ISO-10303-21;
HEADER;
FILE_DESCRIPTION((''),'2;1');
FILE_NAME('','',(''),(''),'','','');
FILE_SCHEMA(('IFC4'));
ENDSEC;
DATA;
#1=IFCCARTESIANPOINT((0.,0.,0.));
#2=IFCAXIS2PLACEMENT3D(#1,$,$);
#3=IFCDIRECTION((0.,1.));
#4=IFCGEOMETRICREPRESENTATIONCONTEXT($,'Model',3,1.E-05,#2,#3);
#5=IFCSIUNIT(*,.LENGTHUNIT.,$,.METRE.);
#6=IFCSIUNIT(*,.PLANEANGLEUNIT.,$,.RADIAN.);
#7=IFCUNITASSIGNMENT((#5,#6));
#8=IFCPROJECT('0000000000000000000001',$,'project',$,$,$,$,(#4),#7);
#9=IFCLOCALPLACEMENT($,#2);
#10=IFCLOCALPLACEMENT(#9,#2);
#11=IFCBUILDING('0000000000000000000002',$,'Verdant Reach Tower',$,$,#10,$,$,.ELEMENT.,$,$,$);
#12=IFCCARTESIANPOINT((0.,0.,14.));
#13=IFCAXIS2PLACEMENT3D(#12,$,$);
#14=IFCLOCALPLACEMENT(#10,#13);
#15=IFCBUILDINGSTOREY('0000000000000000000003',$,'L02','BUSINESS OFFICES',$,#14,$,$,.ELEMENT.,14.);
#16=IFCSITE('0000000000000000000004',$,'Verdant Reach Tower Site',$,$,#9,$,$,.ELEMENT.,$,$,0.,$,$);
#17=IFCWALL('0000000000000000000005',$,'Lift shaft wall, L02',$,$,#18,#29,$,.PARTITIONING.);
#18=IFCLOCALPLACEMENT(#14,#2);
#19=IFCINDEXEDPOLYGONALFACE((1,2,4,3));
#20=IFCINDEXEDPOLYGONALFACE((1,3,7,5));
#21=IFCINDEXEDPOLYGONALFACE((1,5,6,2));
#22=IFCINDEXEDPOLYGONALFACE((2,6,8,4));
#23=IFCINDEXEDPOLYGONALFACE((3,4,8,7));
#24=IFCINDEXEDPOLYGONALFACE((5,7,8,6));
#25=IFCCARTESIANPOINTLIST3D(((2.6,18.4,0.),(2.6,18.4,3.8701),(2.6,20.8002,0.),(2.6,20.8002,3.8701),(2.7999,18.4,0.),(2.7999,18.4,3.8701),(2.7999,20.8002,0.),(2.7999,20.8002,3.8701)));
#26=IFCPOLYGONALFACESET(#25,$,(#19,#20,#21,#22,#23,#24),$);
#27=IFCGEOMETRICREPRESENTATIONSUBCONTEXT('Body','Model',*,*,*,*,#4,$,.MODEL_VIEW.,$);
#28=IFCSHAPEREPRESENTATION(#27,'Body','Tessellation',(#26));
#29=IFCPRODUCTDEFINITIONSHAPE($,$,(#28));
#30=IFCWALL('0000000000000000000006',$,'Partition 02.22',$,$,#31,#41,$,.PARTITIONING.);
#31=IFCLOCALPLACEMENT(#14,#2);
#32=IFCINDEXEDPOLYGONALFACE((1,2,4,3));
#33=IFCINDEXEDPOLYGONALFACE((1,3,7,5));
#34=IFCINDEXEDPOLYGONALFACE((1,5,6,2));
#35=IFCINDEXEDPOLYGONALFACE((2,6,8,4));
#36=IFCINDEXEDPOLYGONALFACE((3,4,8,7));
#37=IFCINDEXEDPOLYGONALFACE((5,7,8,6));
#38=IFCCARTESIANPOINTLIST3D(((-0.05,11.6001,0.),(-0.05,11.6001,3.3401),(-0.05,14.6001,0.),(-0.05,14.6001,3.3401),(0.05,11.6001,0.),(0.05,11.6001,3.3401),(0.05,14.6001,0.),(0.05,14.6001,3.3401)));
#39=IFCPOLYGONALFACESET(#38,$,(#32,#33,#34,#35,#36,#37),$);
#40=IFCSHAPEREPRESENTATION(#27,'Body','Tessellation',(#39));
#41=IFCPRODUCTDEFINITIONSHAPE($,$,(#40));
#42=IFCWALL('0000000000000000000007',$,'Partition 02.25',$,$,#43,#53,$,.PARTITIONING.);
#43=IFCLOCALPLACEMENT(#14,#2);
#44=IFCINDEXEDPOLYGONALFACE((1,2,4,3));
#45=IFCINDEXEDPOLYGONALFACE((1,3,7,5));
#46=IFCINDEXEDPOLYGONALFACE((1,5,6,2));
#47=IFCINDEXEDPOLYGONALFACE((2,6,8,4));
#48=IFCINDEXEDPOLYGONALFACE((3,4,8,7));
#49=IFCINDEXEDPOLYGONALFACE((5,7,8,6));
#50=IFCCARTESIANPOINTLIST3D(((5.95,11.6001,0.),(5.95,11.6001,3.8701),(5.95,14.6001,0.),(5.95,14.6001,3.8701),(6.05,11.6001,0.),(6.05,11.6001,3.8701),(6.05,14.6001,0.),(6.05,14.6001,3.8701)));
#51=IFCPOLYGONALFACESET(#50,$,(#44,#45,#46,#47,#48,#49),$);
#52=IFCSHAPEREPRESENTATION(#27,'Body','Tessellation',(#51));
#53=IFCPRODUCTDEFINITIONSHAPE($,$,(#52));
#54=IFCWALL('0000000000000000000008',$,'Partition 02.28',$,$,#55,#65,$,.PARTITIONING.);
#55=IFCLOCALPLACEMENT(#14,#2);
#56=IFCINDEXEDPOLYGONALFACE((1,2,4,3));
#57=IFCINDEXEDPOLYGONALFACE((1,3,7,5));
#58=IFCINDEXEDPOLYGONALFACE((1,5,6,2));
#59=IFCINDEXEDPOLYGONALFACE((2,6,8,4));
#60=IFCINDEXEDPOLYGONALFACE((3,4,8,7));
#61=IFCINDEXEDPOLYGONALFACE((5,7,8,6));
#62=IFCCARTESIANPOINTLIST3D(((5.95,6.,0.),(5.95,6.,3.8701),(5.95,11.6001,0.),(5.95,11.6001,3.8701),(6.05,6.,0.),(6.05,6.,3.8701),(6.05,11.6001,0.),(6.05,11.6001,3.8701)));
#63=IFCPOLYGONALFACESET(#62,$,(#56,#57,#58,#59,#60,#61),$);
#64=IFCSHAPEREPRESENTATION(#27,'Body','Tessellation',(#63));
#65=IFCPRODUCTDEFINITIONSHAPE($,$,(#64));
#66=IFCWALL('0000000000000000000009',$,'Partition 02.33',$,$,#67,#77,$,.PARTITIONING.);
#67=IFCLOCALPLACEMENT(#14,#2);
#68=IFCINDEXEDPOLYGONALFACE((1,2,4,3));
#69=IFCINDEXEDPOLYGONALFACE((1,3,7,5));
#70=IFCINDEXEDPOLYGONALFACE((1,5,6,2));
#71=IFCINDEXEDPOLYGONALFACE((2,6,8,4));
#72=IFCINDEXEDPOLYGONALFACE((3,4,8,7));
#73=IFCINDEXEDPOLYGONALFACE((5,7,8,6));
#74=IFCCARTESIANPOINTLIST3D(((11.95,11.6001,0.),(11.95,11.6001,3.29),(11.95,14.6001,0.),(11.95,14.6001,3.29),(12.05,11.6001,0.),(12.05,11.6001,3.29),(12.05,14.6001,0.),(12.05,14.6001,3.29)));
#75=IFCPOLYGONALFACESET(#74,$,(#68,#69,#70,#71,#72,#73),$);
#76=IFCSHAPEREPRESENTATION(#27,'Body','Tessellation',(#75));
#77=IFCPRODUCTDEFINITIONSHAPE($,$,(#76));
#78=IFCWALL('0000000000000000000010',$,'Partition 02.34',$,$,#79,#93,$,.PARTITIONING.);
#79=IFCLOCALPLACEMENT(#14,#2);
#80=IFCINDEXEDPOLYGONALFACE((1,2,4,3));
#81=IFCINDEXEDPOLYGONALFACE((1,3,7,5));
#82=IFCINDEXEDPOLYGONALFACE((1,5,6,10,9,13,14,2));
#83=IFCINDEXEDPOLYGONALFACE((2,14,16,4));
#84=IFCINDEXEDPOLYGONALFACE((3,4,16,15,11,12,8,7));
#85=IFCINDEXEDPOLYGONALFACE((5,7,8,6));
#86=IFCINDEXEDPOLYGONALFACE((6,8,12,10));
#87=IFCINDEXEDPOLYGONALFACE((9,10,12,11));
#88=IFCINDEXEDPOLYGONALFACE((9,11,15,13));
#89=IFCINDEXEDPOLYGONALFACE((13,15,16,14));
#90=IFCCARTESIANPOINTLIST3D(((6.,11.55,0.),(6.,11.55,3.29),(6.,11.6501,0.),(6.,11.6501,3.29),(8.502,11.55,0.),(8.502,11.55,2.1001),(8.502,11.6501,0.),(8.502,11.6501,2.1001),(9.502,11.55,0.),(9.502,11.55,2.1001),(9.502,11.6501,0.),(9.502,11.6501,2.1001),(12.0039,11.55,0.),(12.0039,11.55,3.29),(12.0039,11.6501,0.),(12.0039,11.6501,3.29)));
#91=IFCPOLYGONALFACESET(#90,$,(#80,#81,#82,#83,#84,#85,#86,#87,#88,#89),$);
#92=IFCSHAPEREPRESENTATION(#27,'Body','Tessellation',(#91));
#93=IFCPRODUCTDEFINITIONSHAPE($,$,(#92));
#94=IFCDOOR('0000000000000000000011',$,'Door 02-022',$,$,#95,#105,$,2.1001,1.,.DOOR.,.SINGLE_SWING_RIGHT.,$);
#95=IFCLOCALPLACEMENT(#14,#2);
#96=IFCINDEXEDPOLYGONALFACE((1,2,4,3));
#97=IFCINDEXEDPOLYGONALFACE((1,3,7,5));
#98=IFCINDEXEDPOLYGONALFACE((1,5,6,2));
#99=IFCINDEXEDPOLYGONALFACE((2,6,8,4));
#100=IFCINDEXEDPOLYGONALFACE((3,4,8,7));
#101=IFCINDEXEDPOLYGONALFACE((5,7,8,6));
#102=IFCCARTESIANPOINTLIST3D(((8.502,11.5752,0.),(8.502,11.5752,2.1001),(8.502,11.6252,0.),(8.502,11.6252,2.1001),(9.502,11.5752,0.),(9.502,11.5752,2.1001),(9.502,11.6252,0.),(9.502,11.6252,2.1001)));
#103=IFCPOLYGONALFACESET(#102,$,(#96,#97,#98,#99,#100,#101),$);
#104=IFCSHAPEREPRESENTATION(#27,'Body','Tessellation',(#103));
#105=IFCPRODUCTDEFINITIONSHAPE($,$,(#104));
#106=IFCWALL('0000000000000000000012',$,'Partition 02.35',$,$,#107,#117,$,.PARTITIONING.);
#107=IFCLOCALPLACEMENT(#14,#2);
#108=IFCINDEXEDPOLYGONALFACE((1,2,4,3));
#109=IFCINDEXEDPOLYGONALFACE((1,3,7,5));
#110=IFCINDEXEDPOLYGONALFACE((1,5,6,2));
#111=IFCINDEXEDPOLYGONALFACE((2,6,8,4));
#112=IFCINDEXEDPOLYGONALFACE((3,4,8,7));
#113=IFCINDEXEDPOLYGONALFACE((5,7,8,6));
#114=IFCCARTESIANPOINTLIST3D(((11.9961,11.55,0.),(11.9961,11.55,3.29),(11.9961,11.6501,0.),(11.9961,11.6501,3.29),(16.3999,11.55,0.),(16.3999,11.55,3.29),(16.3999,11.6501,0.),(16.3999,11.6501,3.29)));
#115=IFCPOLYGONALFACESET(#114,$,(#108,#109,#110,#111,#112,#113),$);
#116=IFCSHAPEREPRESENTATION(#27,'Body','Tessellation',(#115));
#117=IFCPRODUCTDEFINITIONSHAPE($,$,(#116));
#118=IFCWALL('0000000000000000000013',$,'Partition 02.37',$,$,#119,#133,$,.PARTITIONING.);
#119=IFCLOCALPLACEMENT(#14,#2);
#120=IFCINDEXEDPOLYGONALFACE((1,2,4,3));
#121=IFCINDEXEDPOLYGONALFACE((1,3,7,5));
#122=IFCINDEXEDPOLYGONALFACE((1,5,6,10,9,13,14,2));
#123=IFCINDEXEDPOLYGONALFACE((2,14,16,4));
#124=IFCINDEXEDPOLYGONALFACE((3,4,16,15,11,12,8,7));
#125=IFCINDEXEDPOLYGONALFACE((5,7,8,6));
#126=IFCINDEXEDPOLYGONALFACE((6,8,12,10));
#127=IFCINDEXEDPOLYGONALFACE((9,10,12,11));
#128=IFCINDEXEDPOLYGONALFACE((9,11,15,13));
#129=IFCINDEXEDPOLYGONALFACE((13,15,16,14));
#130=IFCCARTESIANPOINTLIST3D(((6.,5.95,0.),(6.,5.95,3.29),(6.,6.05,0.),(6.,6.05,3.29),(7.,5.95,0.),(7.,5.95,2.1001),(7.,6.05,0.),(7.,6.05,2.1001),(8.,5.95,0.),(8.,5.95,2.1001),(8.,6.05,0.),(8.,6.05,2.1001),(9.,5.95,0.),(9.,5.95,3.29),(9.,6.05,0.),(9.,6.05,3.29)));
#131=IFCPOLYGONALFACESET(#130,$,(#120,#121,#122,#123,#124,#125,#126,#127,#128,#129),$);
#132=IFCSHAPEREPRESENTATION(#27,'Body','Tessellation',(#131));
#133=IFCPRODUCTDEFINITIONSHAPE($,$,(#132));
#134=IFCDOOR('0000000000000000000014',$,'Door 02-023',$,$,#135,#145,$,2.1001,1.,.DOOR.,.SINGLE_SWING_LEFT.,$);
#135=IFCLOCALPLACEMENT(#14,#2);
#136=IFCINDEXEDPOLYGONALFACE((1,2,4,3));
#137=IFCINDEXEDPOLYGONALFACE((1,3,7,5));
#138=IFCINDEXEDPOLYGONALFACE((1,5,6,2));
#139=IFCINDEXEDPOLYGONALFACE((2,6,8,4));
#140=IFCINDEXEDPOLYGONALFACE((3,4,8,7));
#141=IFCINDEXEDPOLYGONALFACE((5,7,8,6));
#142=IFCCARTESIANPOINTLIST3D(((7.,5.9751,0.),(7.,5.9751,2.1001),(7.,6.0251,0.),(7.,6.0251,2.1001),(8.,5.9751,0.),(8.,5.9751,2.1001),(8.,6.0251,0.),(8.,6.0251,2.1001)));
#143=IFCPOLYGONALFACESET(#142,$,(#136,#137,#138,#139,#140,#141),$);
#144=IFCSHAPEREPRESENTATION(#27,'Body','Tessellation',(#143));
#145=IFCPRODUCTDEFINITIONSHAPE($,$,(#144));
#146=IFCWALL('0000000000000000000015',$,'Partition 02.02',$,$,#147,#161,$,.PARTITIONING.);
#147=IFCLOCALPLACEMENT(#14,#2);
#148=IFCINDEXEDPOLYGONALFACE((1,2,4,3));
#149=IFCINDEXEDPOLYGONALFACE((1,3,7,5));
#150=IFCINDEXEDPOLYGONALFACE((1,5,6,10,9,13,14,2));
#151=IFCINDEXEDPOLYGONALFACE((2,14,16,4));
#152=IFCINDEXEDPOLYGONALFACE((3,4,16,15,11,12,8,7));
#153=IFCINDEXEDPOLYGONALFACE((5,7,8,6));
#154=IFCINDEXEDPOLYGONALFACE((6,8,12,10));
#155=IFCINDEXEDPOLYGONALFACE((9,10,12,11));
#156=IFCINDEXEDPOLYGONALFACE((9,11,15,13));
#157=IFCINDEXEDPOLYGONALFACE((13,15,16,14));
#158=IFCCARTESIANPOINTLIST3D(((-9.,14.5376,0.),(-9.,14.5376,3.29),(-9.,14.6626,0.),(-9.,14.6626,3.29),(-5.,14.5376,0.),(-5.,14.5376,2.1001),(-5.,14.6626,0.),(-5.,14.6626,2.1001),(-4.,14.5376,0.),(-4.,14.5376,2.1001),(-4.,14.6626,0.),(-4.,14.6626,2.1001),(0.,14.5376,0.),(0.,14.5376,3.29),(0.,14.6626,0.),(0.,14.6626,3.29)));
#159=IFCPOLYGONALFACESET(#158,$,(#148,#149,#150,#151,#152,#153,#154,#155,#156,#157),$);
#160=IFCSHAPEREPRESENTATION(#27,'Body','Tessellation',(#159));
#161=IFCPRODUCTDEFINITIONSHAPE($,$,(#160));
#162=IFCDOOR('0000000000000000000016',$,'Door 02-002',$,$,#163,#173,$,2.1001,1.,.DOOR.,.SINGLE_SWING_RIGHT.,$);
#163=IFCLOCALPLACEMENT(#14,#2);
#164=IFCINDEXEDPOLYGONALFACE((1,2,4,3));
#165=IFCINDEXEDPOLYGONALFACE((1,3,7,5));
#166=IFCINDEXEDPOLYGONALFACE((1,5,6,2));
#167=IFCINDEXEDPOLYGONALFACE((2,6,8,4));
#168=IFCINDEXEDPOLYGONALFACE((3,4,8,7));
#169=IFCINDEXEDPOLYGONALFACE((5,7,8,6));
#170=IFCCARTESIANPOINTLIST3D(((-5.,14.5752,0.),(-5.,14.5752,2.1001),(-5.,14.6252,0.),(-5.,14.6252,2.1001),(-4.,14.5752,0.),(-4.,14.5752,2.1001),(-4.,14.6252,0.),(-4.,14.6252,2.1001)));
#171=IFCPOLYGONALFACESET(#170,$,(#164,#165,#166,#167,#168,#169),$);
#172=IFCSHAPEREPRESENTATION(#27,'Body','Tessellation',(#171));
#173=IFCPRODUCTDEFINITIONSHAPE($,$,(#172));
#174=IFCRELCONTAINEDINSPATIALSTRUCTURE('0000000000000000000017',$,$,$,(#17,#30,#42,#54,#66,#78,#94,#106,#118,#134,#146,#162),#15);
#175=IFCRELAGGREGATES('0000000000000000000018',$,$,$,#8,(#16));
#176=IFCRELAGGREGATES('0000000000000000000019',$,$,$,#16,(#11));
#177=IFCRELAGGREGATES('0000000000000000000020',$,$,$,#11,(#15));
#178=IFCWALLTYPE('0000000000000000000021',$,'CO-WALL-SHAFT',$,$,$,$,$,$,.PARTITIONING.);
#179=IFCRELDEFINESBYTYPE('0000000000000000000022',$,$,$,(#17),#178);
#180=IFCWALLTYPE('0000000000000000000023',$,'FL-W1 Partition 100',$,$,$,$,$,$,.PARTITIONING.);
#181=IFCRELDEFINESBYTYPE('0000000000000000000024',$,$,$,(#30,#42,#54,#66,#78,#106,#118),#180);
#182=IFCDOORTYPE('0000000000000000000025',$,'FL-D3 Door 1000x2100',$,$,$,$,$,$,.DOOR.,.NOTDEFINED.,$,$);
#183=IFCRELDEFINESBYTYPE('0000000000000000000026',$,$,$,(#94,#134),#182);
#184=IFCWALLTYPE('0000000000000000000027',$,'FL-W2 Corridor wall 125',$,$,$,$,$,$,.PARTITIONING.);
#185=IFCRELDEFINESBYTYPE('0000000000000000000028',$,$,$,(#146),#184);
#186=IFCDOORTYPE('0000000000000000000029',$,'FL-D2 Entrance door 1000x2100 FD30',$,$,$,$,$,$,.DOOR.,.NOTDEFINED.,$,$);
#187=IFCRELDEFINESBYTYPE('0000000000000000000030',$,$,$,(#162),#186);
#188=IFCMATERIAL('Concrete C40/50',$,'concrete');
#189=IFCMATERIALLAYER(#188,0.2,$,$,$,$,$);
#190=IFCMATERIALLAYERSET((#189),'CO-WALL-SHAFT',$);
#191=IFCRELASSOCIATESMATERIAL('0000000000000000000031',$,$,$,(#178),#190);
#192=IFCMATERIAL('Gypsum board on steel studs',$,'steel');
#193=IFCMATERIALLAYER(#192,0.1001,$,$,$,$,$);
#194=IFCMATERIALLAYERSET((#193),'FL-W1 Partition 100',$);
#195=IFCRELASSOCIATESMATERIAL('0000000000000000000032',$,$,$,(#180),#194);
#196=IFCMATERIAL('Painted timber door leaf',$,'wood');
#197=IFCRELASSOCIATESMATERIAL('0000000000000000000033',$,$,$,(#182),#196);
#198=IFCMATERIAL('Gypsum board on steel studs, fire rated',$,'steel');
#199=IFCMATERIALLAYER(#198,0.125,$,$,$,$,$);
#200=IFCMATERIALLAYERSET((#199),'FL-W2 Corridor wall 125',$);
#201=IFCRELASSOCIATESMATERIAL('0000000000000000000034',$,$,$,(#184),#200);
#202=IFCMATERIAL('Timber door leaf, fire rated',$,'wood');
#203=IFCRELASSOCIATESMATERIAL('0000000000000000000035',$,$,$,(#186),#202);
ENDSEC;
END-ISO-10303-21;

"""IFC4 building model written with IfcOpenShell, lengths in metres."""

from ifc_helpers import new_model, si_unit, direction, frame, frame_2d, origin, place, context, subcontext, project, spatial, rectangle, extrude, material, layer, layer_set, type_object, element, fill, save


model = new_model("IFC4")

# Units and contexts
model_context = context("Model", 3, precision=1e-05, world=origin(), true_north=direction((0.0, 1.0)))
body_context = subcontext(model_context, "Body", "Model", "MODEL_VIEW")
ifc_project = project(units=[si_unit("LENGTHUNIT", "METRE"), si_unit("PLANEANGLEUNIT", "RADIAN")], contexts=[model_context])

# Site, building, storey
site_placement = place(None, origin())
site = spatial("IfcSite", under=ifc_project, at=site_placement, Name="Verdant Reach Tower Site", CompositionType="ELEMENT", RefElevation=0.0)
building_placement = place(site_placement, origin())
building = spatial("IfcBuilding", under=site, at=building_placement, Name="Verdant Reach Tower", CompositionType="ELEMENT")
storey_placement = place(building_placement, frame((0.0, 0.0, 14.0)))
storey = spatial("IfcBuildingStorey", under=building, at=storey_placement, Name="L02", Description="BUSINESS OFFICES", CompositionType="ELEMENT", Elevation=14.0)

# Shared definitions
ifc_material_1 = material(Name="Gypsum board on steel studs", Category="steel")

# Walls
ifc_material_2 = material(Name="Concrete C40/50", Category="concrete")
ifc_layer_1 = layer(ifc_material_2, 0.2)
ifc_layer_set_1 = layer_set([ifc_layer_1], Name="CO-WALL-SHAFT")
wall_type_1 = type_object("IfcWallType", Name="CO-WALL-SHAFT", PredefinedType="PARTITIONING", material=ifc_layer_set_1)
for number, where, z_axis, x_axis, name in (
    (1, (2.7, 18.3999, 0.0), (0.0, 0.0, 1.0), (0.0, 1.0, 0.0), "Lift shaft wall, L02"),
):
    element("IfcWall", number, at=place(storey_placement, frame(where, z_axis=z_axis, x_axis=x_axis)), inside=storey, type_object=wall_type_1, Name=name, PredefinedType="PARTITIONING", context=body_context, shape_type="SweptSolid", body=[
        extrude(rectangle(XDim=2.4001, YDim=0.2, at=frame_2d((1.2002, 0.0))), origin(), (0.0, 0.0, 1.0), 3.8701),
    ])
ifc_layer_2 = layer(ifc_material_1, 0.1001)
ifc_layer_set_2 = layer_set([ifc_layer_2], Name="FL-W1 Partition 100")
wall_type_2 = type_object("IfcWallType", Name="FL-W1 Partition 100", PredefinedType="PARTITIONING", material=ifc_layer_set_2)
wall_1_placement = place(storey_placement, frame((0.0, 11.6001, 0.0), z_axis=(0.0, 0.0, 1.0), x_axis=(0.0, 1.0, 0.0)))
element("IfcWall", 2, at=wall_1_placement, inside=storey, type_object=wall_type_2, Name="Partition 02.22", PredefinedType="PARTITIONING", context=body_context, shape_type="SweptSolid", body=[
    extrude(rectangle(XDim=3.0, YDim=0.1001, at=frame_2d((1.5, 0.0))), origin(), (0.0, 0.0, 1.0), 3.3401),
])
wall_2_placement = place(storey_placement, frame((6.0, 11.6001, 0.0), z_axis=(0.0, 0.0, 1.0), x_axis=(0.0, 1.0, 0.0)))
element("IfcWall", 3, at=wall_2_placement, inside=storey, type_object=wall_type_2, Name="Partition 02.25", PredefinedType="PARTITIONING", context=body_context, shape_type="SweptSolid", body=[
    extrude(rectangle(XDim=3.0, YDim=0.1001, at=frame_2d((1.5, 0.0))), origin(), (0.0, 0.0, 1.0), 3.8701),
])
wall_3_placement = place(storey_placement, frame((6.0, 6.0, 0.0), z_axis=(0.0, 0.0, 1.0), x_axis=(0.0, 1.0, 0.0)))
element("IfcWall", 4, at=wall_3_placement, inside=storey, type_object=wall_type_2, Name="Partition 02.28", PredefinedType="PARTITIONING", context=body_context, shape_type="SweptSolid", body=[
    extrude(rectangle(XDim=5.6001, YDim=0.1001, at=frame_2d((2.8, 0.0))), origin(), (0.0, 0.0, 1.0), 3.8701),
])
wall_4_placement = place(storey_placement, frame((12.0, 11.6001, 0.0), z_axis=(0.0, 0.0, 1.0), x_axis=(0.0, 1.0, 0.0)))
element("IfcWall", 5, at=wall_4_placement, inside=storey, type_object=wall_type_2, Name="Partition 02.33", PredefinedType="PARTITIONING", context=body_context, shape_type="SweptSolid", body=[
    extrude(rectangle(XDim=3.0, YDim=0.1001, at=frame_2d((1.5, 0.0))), origin(), (0.0, 0.0, 1.0), 3.29),
])

# Wall, opening, door
wall_5_placement = place(storey_placement, frame((12.0039, 11.6001, 0.0), z_axis=(0.0, 0.0, 1.0), x_axis=(-1.0, 0.0, 0.0)))
wall_5 = element("IfcWall", 6, at=wall_5_placement, inside=storey, type_object=wall_type_2, Name="Partition 02.34", PredefinedType="PARTITIONING", context=body_context, shape_type="SweptSolid", body=[
    extrude(rectangle(XDim=6.0039, YDim=0.1001, at=frame_2d((3.002, 0.0))), origin(), (0.0, 0.0, 1.0), 3.29),
])
opening_1_placement = place(wall_5_placement, frame((2.502, 0.0, 0.0)))
opening_1 = element("IfcOpeningElement", 7, at=opening_1_placement, cuts=wall_5, PredefinedType="OPENING", context=body_context, shape_type="SweptSolid", body=[
    extrude(rectangle(XDim=1.0, YDim=2.1001, at=frame_2d((0.5, 1.05))), frame((0.0, 0.0601, 0.0), z_axis=(0.0, -1.0, 0.0), x_axis=(1.0, 0.0, 0.0)), (0.0, 0.0, 1.0), 0.1201),
])
ifc_material_3 = material(Name="Painted timber door leaf", Category="wood")
door_type_1 = type_object("IfcDoorType", Name="FL-D3 Door 1000x2100", OperationType="NOTDEFINED", PredefinedType="DOOR", material=ifc_material_3)
door_1_placement = place(opening_1_placement, origin())
door_1 = element("IfcDoor", 8, at=door_1_placement, inside=storey, type_object=door_type_1, Name="Door 02-022", OperationType="SINGLE_SWING_RIGHT", OverallHeight=2.1001, OverallWidth=1.0, PredefinedType="DOOR", context=body_context, shape_type="SweptSolid", body=[
    extrude(rectangle(XDim=1.0, YDim=2.1001, at=frame_2d((0.5, 1.05))), frame((0.0, 0.0249, 0.0), z_axis=(0.0, -1.0, 0.0), x_axis=(1.0, 0.0, 0.0)), (0.0, 0.0, 1.0), 0.05),
])
fill(opening_1, door_1)

# Wall
wall_6_placement = place(storey_placement, frame((11.9961, 11.6001, 0.0), z_axis=(0.0, 0.0, 1.0), x_axis=(1.0, 0.0, 0.0)))
element("IfcWall", 9, at=wall_6_placement, inside=storey, type_object=wall_type_2, Name="Partition 02.35", PredefinedType="PARTITIONING", context=body_context, shape_type="SweptSolid", body=[
    extrude(rectangle(XDim=4.4038, YDim=0.1001, at=frame_2d((2.2019, 0.0))), origin(), (0.0, 0.0, 1.0), 3.29),
])

# Walls, openings, doors
wall_7_placement = place(storey_placement, frame((9.0, 6.0, 0.0), z_axis=(0.0, 0.0, 1.0), x_axis=(-1.0, 0.0, 0.0)))
wall_7 = element("IfcWall", 10, at=wall_7_placement, inside=storey, type_object=wall_type_2, Name="Partition 02.37", PredefinedType="PARTITIONING", context=body_context, shape_type="SweptSolid", body=[
    extrude(rectangle(XDim=3.0, YDim=0.1001, at=frame_2d((1.5, 0.0))), origin(), (0.0, 0.0, 1.0), 3.29),
])
opening_2_placement = place(wall_7_placement, frame((1.0, 0.0, 0.0)))
opening_2 = element("IfcOpeningElement", 11, at=opening_2_placement, cuts=wall_7, PredefinedType="OPENING", context=body_context, shape_type="SweptSolid", body=[
    extrude(rectangle(XDim=1.0, YDim=2.1001, at=frame_2d((0.5, 1.05))), frame((0.0, 0.0601, 0.0), z_axis=(0.0, -1.0, 0.0), x_axis=(1.0, 0.0, 0.0)), (0.0, 0.0, 1.0), 0.1201),
])
door_2_placement = place(opening_2_placement, origin())
door_2 = element("IfcDoor", 12, at=door_2_placement, inside=storey, type_object=door_type_1, Name="Door 02-023", OperationType="SINGLE_SWING_LEFT", OverallHeight=2.1001, OverallWidth=1.0, PredefinedType="DOOR", context=body_context, shape_type="SweptSolid", body=[
    extrude(rectangle(XDim=1.0, YDim=2.1001, at=frame_2d((0.5, 1.05))), frame((0.0, 0.0249, 0.0), z_axis=(0.0, -1.0, 0.0), x_axis=(1.0, 0.0, 0.0)), (0.0, 0.0, 1.0), 0.05),
])
fill(opening_2, door_2)
ifc_material_4 = material(Name="Gypsum board on steel studs, fire rated", Category="steel")
ifc_layer_3 = layer(ifc_material_4, 0.125)
ifc_layer_set_3 = layer_set([ifc_layer_3], Name="FL-W2 Corridor wall 125")
wall_type_3 = type_object("IfcWallType", Name="FL-W2 Corridor wall 125", PredefinedType="PARTITIONING", material=ifc_layer_set_3)
wall_8_placement = place(storey_placement, frame((0.0, 14.6001, 0.0), z_axis=(0.0, 0.0, 1.0), x_axis=(-1.0, 0.0, 0.0)))
wall_8 = element("IfcWall", 13, at=wall_8_placement, inside=storey, type_object=wall_type_3, Name="Partition 02.02", PredefinedType="PARTITIONING", context=body_context, shape_type="SweptSolid", body=[
    extrude(rectangle(XDim=9.0, YDim=0.125, at=frame_2d((4.5, 0.0))), origin(), (0.0, 0.0, 1.0), 3.29),
])
opening_3_placement = place(wall_8_placement, frame((4.0, 0.0, 0.0)))
opening_3 = element("IfcOpeningElement", 14, at=opening_3_placement, cuts=wall_8, PredefinedType="OPENING", context=body_context, shape_type="SweptSolid", body=[
    extrude(rectangle(XDim=1.0, YDim=2.1001, at=frame_2d((0.5, 1.05))), frame((0.0, 0.0725, 0.0), z_axis=(0.0, -1.0, 0.0), x_axis=(1.0, 0.0, 0.0)), (0.0, 0.0, 1.0), 0.145),
])
ifc_material_5 = material(Name="Timber door leaf, fire rated", Category="wood")
door_type_2 = type_object("IfcDoorType", Name="FL-D2 Entrance door 1000x2100 FD30", OperationType="NOTDEFINED", PredefinedType="DOOR", material=ifc_material_5)
door_3_placement = place(opening_3_placement, origin())
door_3 = element("IfcDoor", 15, at=door_3_placement, inside=storey, type_object=door_type_2, Name="Door 02-002", OperationType="SINGLE_SWING_RIGHT", OverallHeight=2.1001, OverallWidth=1.0, PredefinedType="DOOR", context=body_context, shape_type="SweptSolid", body=[
    extrude(rectangle(XDim=1.0, YDim=2.1001, at=frame_2d((0.5, 1.05))), frame((0.0, 0.0249, 0.0), z_axis=(0.0, -1.0, 0.0), x_axis=(1.0, 0.0, 0.0)), (0.0, 0.0, 1.0), 0.05),
])
fill(opening_3, door_3)

save(model, "model.ifc")
